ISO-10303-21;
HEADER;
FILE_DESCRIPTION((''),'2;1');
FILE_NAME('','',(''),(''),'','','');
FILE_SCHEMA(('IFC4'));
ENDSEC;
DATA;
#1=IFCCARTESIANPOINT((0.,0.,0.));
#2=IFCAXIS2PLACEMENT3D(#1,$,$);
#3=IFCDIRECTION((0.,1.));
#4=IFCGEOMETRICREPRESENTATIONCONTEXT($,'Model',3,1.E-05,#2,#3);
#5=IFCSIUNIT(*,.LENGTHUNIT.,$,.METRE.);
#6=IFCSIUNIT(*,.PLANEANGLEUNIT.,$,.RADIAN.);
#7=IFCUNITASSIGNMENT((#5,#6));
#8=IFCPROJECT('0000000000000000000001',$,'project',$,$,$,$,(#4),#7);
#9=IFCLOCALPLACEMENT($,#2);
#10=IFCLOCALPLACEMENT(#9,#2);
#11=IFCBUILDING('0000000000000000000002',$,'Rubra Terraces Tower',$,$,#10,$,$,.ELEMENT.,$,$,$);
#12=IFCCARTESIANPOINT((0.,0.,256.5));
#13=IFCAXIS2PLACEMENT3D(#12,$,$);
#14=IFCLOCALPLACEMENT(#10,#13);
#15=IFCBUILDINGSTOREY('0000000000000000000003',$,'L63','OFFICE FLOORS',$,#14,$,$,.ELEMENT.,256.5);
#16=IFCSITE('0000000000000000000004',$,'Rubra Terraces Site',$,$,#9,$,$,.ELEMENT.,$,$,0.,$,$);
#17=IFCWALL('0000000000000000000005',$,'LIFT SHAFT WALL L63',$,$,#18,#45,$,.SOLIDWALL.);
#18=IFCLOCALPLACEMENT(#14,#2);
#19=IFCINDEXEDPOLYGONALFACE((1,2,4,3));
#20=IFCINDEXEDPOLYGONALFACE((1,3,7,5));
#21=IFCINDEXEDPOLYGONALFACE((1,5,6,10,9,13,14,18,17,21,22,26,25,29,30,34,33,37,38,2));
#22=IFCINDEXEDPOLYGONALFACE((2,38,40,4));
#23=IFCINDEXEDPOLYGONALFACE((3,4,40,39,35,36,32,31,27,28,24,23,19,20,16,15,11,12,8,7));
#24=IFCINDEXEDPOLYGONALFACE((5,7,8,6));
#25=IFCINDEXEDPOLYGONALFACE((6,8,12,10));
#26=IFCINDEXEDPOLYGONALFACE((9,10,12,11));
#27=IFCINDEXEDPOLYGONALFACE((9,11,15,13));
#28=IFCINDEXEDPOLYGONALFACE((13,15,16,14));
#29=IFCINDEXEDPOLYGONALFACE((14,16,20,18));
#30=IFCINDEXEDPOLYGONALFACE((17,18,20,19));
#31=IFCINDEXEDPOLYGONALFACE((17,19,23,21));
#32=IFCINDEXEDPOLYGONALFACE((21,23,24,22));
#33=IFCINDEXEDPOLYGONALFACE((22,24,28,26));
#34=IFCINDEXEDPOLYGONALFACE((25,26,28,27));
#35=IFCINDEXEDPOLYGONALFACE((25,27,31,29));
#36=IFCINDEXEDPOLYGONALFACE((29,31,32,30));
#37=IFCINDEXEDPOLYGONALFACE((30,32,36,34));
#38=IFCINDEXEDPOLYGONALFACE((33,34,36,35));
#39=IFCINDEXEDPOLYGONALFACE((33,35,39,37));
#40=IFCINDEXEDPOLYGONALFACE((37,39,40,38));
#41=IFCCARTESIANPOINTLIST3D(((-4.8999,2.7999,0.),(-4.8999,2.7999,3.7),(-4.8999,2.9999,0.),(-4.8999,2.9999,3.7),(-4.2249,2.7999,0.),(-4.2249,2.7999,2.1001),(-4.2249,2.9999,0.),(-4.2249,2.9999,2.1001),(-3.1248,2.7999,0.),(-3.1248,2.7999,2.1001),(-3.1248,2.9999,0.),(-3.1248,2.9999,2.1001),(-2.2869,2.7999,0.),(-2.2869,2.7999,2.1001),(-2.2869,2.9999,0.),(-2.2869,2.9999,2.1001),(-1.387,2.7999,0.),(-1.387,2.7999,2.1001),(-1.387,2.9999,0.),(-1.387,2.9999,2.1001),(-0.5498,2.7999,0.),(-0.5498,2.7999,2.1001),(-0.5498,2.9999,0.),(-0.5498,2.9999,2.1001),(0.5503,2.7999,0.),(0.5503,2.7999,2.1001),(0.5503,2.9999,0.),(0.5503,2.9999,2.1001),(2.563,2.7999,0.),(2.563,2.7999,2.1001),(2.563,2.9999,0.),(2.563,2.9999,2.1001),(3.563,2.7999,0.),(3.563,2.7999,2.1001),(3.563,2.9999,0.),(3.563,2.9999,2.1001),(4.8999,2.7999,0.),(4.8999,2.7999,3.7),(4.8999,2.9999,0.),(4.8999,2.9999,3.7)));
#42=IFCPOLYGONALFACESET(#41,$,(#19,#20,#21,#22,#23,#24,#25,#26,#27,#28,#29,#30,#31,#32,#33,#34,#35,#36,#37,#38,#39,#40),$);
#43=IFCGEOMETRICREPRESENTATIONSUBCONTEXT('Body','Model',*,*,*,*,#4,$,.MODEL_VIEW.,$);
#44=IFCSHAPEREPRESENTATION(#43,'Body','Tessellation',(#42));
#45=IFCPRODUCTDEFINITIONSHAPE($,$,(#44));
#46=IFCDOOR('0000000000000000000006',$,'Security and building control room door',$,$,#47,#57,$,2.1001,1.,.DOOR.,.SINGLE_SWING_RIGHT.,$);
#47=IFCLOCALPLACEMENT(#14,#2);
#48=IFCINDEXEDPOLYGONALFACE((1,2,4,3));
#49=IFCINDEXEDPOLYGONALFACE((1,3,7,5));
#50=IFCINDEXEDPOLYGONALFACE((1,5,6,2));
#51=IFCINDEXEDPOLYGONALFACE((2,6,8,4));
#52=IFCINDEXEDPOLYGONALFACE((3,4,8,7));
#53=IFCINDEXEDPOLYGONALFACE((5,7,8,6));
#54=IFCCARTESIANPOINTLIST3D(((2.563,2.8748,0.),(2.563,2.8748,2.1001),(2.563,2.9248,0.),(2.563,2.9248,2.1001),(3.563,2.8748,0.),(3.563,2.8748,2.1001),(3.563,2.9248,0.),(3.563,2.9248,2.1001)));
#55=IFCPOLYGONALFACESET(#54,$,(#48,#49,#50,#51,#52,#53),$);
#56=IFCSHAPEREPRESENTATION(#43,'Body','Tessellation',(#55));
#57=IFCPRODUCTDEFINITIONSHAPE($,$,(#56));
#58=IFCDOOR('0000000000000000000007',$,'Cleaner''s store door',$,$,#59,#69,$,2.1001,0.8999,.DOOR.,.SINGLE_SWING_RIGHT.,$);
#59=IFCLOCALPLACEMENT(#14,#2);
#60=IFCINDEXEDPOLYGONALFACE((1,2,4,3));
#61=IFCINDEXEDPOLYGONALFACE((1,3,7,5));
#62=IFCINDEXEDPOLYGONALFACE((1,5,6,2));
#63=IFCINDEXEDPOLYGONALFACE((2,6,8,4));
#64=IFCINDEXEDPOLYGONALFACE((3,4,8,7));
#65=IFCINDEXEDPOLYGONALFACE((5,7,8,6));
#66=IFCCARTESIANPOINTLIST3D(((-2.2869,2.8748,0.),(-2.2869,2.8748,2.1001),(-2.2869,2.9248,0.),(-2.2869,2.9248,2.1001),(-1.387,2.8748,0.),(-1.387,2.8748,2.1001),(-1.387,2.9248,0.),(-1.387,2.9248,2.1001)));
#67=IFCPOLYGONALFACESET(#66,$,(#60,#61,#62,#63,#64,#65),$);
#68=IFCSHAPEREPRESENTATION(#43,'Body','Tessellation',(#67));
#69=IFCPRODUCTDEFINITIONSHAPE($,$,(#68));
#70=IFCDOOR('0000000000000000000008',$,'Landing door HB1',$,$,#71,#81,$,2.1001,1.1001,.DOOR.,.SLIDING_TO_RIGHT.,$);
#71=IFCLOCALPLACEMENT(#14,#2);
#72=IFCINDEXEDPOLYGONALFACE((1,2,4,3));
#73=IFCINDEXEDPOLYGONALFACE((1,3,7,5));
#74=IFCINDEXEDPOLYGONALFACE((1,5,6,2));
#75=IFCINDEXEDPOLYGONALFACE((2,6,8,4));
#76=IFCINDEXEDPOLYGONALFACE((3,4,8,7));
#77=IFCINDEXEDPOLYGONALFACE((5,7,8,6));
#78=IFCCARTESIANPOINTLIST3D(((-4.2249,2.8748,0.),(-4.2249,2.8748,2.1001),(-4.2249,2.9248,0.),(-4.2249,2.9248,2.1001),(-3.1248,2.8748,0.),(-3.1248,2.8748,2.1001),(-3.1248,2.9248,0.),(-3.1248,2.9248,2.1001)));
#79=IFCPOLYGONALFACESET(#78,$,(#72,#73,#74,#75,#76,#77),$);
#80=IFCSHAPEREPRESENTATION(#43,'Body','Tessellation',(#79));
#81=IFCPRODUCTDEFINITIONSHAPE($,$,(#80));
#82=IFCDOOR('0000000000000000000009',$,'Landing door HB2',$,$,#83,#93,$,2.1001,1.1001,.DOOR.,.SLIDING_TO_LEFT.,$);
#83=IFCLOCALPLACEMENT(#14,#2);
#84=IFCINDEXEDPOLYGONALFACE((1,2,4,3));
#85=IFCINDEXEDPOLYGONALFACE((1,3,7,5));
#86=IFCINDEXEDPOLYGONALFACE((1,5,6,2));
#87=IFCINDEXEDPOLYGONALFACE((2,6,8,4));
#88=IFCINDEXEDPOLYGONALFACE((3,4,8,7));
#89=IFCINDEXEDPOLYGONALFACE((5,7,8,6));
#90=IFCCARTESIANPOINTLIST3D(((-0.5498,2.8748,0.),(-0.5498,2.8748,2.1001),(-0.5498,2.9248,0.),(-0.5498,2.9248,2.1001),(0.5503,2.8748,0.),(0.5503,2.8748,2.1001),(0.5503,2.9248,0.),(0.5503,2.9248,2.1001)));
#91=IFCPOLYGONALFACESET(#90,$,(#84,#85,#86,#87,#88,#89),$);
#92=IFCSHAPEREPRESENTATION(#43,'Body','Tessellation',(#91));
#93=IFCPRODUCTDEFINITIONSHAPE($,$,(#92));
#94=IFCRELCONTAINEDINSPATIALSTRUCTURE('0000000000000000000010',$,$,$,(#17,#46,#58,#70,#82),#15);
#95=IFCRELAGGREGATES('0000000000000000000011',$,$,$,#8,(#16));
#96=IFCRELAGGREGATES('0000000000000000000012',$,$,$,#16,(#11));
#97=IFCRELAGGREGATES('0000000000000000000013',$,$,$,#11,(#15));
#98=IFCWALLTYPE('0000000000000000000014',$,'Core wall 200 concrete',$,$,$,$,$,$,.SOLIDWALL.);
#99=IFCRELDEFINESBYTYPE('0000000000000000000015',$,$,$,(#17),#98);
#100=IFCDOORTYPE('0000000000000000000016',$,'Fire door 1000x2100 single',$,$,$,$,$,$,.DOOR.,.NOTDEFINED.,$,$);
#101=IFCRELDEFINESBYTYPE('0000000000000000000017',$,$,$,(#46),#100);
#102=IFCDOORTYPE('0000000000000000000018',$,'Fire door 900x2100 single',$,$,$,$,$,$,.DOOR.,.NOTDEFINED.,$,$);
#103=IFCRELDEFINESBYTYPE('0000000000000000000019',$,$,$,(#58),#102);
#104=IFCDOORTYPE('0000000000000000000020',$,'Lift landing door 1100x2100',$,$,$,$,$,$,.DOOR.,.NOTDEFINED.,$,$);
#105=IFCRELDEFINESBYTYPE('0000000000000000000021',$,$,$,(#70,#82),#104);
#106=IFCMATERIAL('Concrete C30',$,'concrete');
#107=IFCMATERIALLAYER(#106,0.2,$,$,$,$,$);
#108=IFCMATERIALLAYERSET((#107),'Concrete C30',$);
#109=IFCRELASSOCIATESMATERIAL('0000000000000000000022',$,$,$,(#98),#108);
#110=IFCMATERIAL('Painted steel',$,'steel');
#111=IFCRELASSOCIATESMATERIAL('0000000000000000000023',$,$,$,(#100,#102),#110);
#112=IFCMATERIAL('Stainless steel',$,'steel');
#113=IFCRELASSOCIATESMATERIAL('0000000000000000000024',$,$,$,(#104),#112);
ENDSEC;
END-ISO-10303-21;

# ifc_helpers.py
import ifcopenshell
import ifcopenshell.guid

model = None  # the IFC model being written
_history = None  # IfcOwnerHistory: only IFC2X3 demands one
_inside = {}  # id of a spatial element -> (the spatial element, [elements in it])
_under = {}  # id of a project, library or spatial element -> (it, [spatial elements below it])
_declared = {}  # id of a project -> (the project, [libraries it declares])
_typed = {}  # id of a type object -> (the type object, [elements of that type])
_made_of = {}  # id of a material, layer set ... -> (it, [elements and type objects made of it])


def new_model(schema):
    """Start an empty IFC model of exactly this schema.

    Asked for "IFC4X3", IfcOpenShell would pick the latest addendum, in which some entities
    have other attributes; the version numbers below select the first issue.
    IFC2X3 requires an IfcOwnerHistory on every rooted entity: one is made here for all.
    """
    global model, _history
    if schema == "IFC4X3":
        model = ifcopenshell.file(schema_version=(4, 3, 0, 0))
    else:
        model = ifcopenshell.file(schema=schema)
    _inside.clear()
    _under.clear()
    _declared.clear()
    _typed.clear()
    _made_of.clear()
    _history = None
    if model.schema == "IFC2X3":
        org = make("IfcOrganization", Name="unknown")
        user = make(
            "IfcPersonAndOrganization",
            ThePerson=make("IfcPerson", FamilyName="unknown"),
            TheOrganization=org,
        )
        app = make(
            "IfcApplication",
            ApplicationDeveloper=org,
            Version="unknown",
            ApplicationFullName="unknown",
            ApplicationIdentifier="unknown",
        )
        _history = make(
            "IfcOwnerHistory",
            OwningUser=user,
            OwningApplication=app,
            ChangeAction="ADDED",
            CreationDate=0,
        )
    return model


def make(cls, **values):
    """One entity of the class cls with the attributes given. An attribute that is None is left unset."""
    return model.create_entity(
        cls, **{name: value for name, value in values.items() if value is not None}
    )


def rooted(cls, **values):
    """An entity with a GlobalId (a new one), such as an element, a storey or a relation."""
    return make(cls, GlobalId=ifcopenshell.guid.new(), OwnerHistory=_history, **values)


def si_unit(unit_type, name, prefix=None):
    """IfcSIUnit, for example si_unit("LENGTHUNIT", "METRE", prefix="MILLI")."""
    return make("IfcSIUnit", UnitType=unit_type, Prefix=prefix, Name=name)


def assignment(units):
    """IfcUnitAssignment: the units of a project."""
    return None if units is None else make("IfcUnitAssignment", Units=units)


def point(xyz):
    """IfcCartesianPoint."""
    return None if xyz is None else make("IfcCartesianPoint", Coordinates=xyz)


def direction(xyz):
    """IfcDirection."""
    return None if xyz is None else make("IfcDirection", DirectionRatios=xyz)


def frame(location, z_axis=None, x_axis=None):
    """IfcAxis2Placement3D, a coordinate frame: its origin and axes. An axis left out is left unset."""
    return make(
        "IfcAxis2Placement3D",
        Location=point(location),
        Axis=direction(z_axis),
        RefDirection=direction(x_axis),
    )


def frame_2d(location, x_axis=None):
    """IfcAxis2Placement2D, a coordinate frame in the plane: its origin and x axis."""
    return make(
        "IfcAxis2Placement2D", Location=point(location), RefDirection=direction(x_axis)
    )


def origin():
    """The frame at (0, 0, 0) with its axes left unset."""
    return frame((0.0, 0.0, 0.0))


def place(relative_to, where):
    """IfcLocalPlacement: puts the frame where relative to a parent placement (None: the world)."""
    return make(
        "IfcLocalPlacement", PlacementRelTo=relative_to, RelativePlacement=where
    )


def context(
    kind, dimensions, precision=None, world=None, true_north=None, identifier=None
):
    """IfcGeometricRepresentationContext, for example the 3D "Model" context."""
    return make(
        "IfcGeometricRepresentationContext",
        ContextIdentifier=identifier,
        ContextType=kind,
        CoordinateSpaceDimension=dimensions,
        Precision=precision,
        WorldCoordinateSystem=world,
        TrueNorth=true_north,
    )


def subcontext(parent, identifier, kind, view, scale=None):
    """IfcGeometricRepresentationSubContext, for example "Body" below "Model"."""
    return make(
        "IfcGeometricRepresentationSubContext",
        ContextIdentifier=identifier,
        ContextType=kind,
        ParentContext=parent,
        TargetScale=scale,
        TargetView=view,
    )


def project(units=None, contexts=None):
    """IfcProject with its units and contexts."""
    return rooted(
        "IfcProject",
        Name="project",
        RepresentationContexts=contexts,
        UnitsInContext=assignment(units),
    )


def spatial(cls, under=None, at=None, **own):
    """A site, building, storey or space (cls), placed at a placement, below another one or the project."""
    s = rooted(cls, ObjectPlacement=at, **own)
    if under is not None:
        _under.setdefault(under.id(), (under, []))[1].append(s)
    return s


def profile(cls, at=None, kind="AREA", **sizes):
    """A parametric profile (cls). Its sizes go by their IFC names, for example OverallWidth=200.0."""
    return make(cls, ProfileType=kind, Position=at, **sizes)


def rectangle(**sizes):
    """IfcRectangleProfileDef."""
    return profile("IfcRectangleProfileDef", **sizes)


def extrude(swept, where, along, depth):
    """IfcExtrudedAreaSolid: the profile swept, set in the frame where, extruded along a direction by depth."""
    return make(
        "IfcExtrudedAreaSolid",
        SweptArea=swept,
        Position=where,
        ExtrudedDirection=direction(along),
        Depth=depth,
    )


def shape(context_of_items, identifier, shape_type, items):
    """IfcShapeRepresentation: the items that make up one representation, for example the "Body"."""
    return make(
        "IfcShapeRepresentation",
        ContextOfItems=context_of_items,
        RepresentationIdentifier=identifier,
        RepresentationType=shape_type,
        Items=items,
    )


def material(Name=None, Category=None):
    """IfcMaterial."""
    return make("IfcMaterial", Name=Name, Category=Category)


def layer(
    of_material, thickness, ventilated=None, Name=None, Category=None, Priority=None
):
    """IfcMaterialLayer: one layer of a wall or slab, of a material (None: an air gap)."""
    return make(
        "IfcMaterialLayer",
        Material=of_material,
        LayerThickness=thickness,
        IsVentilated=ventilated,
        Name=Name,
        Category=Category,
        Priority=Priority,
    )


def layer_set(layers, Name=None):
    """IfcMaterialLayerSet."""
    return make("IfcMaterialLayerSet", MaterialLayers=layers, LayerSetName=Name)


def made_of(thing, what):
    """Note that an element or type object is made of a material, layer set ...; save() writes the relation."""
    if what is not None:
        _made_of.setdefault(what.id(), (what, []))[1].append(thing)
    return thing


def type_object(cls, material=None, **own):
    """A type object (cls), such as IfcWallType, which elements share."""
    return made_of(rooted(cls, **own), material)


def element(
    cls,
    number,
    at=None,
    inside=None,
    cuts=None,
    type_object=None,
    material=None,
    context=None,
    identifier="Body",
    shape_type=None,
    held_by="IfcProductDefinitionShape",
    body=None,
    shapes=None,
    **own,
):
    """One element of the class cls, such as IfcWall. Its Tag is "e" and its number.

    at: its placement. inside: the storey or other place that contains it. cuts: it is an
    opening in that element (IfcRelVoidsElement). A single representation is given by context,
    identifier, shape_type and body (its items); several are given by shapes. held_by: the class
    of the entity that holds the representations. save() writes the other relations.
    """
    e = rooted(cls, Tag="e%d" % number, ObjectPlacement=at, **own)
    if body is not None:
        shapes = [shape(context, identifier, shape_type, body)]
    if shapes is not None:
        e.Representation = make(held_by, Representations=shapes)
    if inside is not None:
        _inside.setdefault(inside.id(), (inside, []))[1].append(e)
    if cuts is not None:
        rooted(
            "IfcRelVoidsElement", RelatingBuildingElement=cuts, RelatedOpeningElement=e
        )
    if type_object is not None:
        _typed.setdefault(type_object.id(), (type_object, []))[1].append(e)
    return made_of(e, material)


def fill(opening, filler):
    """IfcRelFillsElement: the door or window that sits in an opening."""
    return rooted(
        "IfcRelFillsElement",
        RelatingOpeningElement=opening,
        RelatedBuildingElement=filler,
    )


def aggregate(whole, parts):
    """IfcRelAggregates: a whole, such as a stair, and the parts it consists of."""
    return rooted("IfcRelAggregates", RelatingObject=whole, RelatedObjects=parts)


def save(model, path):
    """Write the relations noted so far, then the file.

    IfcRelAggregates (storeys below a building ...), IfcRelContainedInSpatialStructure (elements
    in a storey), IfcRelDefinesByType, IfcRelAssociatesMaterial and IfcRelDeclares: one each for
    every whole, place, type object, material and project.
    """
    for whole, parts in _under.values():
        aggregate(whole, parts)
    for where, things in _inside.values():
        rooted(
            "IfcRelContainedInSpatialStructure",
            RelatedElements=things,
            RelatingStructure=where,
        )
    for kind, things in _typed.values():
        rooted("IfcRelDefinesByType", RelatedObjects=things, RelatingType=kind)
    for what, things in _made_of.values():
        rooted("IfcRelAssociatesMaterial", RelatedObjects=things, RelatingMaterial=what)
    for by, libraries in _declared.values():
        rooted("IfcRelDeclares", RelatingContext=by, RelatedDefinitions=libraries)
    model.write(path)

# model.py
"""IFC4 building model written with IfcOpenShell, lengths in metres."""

from ifc_helpers import new_model, si_unit, direction, frame, frame_2d, origin, place, context, subcontext, project, spatial, rectangle, extrude, material, layer, layer_set, type_object, element, fill, save


model = new_model("IFC4")

# Units and contexts
model_context = context("Model", 3, precision=1e-05, world=origin(), true_north=direction((0.0, 1.0)))
body_context = subcontext(model_context, "Body", "Model", "MODEL_VIEW")
ifc_project = project(units=[si_unit("LENGTHUNIT", "METRE"), si_unit("PLANEANGLEUNIT", "RADIAN")], contexts=[model_context])

# Site, building, storey
site_placement = place(None, origin())
site = spatial("IfcSite", under=ifc_project, at=site_placement, Name="Rubra Terraces Site", CompositionType="ELEMENT", RefElevation=0.0)
building_placement = place(site_placement, origin())
building = spatial("IfcBuilding", under=site, at=building_placement, Name="Rubra Terraces Tower", CompositionType="ELEMENT")
storey_placement = place(building_placement, frame((0.0, 0.0, 256.5)))
storey = spatial("IfcBuildingStorey", under=building, at=storey_placement, Name="L63", Description="OFFICE FLOORS", CompositionType="ELEMENT", Elevation=256.5)

# Shared definitions
ifc_material_1 = material(Name="Concrete C30", Category="concrete")
ifc_layer_1 = layer(ifc_material_1, 0.2)
ifc_layer_set_1 = layer_set([ifc_layer_1], Name="Concrete C30")
wall_type_1 = type_object("IfcWallType", Name="Core wall 200 concrete", PredefinedType="SOLIDWALL", material=ifc_layer_set_1)
ifc_material_2 = material(Name="Painted steel", Category="steel")
ifc_material_3 = material(Name="Stainless steel", Category="steel")

# Wall, openings, doors
wall_1_placement = place(storey_placement, frame((-4.8999, 2.8999, 0.0), z_axis=(0.0, 0.0, 1.0), x_axis=(1.0, 0.0, 0.0)))
wall_1 = element("IfcWall", 1, at=wall_1_placement, inside=storey, type_object=wall_type_1, Name="LIFT SHAFT WALL L63", PredefinedType="SOLIDWALL", context=body_context, shape_type="SweptSolid", body=[
    extrude(rectangle(XDim=9.7998, YDim=0.2, at=frame_2d((4.8999, 0.0))), origin(), (0.0, 0.0, 1.0), 3.7),
])
opening_1_placement = place(wall_1_placement, frame((0.675, 0.0, 0.0)))
opening_1 = element("IfcOpeningElement", 2, at=opening_1_placement, cuts=wall_1, PredefinedType="OPENING", context=body_context, shape_type="SweptSolid", body=[
    extrude(rectangle(XDim=1.1001, YDim=2.1001, at=frame_2d((0.55, 1.05))), frame((0.0, 0.1099, 0.0), z_axis=(0.0, -1.0, 0.0), x_axis=(1.0, 0.0, 0.0)), (0.0, 0.0, 1.0), 0.22),
])
opening_2_placement = place(wall_1_placement, frame((2.613, 0.0, 0.0)))
opening_2 = element("IfcOpeningElement", 3, at=opening_2_placement, cuts=wall_1, PredefinedType="OPENING", context=body_context, shape_type="SweptSolid", body=[
    extrude(rectangle(XDim=0.8999, YDim=2.1001, at=frame_2d((0.45, 1.05))), frame((0.0, 0.1099, 0.0), z_axis=(0.0, -1.0, 0.0), x_axis=(1.0, 0.0, 0.0)), (0.0, 0.0, 1.0), 0.22),
])
opening_3_placement = place(wall_1_placement, frame((4.3501, 0.0, 0.0)))
opening_3 = element("IfcOpeningElement", 4, at=opening_3_placement, cuts=wall_1, PredefinedType="OPENING", context=body_context, shape_type="SweptSolid", body=[
    extrude(rectangle(XDim=1.1001, YDim=2.1001, at=frame_2d((0.55, 1.05))), frame((0.0, 0.1099, 0.0), z_axis=(0.0, -1.0, 0.0), x_axis=(1.0, 0.0, 0.0)), (0.0, 0.0, 1.0), 0.22),
])
opening_4_placement = place(wall_1_placement, frame((7.4629, 0.0, 0.0)))
opening_4 = element("IfcOpeningElement", 5, at=opening_4_placement, cuts=wall_1, PredefinedType="OPENING", context=body_context, shape_type="SweptSolid", body=[
    extrude(rectangle(XDim=1.0, YDim=2.1001, at=frame_2d((0.5, 1.05))), frame((0.0, 0.1099, 0.0), z_axis=(0.0, -1.0, 0.0), x_axis=(1.0, 0.0, 0.0)), (0.0, 0.0, 1.0), 0.22),
])
door_type_1 = type_object("IfcDoorType", Name="Fire door 1000x2100 single", OperationType="NOTDEFINED", PredefinedType="DOOR", material=ifc_material_2)
door_1_placement = place(opening_4_placement, origin())
door_1 = element("IfcDoor", 6, at=door_1_placement, inside=storey, type_object=door_type_1, Name="Security and building control room door", OperationType="SINGLE_SWING_RIGHT", OverallHeight=2.1001, OverallWidth=1.0, PredefinedType="DOOR", context=body_context, shape_type="SweptSolid", body=[
    extrude(rectangle(XDim=1.0, YDim=2.1001, at=frame_2d((0.5, 1.05))), frame((0.0, 0.0249, 0.0), z_axis=(0.0, -1.0, 0.0), x_axis=(1.0, 0.0, 0.0)), (0.0, 0.0, 1.0), 0.05),
])
fill(opening_4, door_1)
door_type_2 = type_object("IfcDoorType", Name="Fire door 900x2100 single", OperationType="NOTDEFINED", PredefinedType="DOOR", material=ifc_material_2)
door_2_placement = place(opening_2_placement, origin())
door_2 = element("IfcDoor", 7, at=door_2_placement, inside=storey, type_object=door_type_2, Name="Cleaner's store door", OperationType="SINGLE_SWING_RIGHT", OverallHeight=2.1001, OverallWidth=0.8999, PredefinedType="DOOR", context=body_context, shape_type="SweptSolid", body=[
    extrude(rectangle(XDim=0.8999, YDim=2.1001, at=frame_2d((0.45, 1.05))), frame((0.0, 0.0249, 0.0), z_axis=(0.0, -1.0, 0.0), x_axis=(1.0, 0.0, 0.0)), (0.0, 0.0, 1.0), 0.05),
])
fill(opening_2, door_2)
door_type_3 = type_object("IfcDoorType", Name="Lift landing door 1100x2100", OperationType="NOTDEFINED", PredefinedType="DOOR", material=ifc_material_3)
door_3_placement = place(opening_1_placement, origin())
door_3 = element("IfcDoor", 8, at=door_3_placement, inside=storey, type_object=door_type_3, Name="Landing door HB1", OperationType="SLIDING_TO_RIGHT", OverallHeight=2.1001, OverallWidth=1.1001, PredefinedType="DOOR", context=body_context, shape_type="SweptSolid", body=[
    extrude(rectangle(XDim=1.1001, YDim=2.1001, at=frame_2d((0.55, 1.05))), frame((0.0, 0.0249, 0.0), z_axis=(0.0, -1.0, 0.0), x_axis=(1.0, 0.0, 0.0)), (0.0, 0.0, 1.0), 0.05),
])
fill(opening_1, door_3)
door_4_placement = place(opening_3_placement, origin())
door_4 = element("IfcDoor", 9, at=door_4_placement, inside=storey, type_object=door_type_3, Name="Landing door HB2", OperationType="SLIDING_TO_LEFT", OverallHeight=2.1001, OverallWidth=1.1001, PredefinedType="DOOR", context=body_context, shape_type="SweptSolid", body=[
    extrude(rectangle(XDim=1.1001, YDim=2.1001, at=frame_2d((0.55, 1.05))), frame((0.0, 0.0249, 0.0), z_axis=(0.0, -1.0, 0.0), x_axis=(1.0, 0.0, 0.0)), (0.0, 0.0, 1.0), 0.05),
])
fill(opening_3, door_4)

save(model, "model.ifc")
